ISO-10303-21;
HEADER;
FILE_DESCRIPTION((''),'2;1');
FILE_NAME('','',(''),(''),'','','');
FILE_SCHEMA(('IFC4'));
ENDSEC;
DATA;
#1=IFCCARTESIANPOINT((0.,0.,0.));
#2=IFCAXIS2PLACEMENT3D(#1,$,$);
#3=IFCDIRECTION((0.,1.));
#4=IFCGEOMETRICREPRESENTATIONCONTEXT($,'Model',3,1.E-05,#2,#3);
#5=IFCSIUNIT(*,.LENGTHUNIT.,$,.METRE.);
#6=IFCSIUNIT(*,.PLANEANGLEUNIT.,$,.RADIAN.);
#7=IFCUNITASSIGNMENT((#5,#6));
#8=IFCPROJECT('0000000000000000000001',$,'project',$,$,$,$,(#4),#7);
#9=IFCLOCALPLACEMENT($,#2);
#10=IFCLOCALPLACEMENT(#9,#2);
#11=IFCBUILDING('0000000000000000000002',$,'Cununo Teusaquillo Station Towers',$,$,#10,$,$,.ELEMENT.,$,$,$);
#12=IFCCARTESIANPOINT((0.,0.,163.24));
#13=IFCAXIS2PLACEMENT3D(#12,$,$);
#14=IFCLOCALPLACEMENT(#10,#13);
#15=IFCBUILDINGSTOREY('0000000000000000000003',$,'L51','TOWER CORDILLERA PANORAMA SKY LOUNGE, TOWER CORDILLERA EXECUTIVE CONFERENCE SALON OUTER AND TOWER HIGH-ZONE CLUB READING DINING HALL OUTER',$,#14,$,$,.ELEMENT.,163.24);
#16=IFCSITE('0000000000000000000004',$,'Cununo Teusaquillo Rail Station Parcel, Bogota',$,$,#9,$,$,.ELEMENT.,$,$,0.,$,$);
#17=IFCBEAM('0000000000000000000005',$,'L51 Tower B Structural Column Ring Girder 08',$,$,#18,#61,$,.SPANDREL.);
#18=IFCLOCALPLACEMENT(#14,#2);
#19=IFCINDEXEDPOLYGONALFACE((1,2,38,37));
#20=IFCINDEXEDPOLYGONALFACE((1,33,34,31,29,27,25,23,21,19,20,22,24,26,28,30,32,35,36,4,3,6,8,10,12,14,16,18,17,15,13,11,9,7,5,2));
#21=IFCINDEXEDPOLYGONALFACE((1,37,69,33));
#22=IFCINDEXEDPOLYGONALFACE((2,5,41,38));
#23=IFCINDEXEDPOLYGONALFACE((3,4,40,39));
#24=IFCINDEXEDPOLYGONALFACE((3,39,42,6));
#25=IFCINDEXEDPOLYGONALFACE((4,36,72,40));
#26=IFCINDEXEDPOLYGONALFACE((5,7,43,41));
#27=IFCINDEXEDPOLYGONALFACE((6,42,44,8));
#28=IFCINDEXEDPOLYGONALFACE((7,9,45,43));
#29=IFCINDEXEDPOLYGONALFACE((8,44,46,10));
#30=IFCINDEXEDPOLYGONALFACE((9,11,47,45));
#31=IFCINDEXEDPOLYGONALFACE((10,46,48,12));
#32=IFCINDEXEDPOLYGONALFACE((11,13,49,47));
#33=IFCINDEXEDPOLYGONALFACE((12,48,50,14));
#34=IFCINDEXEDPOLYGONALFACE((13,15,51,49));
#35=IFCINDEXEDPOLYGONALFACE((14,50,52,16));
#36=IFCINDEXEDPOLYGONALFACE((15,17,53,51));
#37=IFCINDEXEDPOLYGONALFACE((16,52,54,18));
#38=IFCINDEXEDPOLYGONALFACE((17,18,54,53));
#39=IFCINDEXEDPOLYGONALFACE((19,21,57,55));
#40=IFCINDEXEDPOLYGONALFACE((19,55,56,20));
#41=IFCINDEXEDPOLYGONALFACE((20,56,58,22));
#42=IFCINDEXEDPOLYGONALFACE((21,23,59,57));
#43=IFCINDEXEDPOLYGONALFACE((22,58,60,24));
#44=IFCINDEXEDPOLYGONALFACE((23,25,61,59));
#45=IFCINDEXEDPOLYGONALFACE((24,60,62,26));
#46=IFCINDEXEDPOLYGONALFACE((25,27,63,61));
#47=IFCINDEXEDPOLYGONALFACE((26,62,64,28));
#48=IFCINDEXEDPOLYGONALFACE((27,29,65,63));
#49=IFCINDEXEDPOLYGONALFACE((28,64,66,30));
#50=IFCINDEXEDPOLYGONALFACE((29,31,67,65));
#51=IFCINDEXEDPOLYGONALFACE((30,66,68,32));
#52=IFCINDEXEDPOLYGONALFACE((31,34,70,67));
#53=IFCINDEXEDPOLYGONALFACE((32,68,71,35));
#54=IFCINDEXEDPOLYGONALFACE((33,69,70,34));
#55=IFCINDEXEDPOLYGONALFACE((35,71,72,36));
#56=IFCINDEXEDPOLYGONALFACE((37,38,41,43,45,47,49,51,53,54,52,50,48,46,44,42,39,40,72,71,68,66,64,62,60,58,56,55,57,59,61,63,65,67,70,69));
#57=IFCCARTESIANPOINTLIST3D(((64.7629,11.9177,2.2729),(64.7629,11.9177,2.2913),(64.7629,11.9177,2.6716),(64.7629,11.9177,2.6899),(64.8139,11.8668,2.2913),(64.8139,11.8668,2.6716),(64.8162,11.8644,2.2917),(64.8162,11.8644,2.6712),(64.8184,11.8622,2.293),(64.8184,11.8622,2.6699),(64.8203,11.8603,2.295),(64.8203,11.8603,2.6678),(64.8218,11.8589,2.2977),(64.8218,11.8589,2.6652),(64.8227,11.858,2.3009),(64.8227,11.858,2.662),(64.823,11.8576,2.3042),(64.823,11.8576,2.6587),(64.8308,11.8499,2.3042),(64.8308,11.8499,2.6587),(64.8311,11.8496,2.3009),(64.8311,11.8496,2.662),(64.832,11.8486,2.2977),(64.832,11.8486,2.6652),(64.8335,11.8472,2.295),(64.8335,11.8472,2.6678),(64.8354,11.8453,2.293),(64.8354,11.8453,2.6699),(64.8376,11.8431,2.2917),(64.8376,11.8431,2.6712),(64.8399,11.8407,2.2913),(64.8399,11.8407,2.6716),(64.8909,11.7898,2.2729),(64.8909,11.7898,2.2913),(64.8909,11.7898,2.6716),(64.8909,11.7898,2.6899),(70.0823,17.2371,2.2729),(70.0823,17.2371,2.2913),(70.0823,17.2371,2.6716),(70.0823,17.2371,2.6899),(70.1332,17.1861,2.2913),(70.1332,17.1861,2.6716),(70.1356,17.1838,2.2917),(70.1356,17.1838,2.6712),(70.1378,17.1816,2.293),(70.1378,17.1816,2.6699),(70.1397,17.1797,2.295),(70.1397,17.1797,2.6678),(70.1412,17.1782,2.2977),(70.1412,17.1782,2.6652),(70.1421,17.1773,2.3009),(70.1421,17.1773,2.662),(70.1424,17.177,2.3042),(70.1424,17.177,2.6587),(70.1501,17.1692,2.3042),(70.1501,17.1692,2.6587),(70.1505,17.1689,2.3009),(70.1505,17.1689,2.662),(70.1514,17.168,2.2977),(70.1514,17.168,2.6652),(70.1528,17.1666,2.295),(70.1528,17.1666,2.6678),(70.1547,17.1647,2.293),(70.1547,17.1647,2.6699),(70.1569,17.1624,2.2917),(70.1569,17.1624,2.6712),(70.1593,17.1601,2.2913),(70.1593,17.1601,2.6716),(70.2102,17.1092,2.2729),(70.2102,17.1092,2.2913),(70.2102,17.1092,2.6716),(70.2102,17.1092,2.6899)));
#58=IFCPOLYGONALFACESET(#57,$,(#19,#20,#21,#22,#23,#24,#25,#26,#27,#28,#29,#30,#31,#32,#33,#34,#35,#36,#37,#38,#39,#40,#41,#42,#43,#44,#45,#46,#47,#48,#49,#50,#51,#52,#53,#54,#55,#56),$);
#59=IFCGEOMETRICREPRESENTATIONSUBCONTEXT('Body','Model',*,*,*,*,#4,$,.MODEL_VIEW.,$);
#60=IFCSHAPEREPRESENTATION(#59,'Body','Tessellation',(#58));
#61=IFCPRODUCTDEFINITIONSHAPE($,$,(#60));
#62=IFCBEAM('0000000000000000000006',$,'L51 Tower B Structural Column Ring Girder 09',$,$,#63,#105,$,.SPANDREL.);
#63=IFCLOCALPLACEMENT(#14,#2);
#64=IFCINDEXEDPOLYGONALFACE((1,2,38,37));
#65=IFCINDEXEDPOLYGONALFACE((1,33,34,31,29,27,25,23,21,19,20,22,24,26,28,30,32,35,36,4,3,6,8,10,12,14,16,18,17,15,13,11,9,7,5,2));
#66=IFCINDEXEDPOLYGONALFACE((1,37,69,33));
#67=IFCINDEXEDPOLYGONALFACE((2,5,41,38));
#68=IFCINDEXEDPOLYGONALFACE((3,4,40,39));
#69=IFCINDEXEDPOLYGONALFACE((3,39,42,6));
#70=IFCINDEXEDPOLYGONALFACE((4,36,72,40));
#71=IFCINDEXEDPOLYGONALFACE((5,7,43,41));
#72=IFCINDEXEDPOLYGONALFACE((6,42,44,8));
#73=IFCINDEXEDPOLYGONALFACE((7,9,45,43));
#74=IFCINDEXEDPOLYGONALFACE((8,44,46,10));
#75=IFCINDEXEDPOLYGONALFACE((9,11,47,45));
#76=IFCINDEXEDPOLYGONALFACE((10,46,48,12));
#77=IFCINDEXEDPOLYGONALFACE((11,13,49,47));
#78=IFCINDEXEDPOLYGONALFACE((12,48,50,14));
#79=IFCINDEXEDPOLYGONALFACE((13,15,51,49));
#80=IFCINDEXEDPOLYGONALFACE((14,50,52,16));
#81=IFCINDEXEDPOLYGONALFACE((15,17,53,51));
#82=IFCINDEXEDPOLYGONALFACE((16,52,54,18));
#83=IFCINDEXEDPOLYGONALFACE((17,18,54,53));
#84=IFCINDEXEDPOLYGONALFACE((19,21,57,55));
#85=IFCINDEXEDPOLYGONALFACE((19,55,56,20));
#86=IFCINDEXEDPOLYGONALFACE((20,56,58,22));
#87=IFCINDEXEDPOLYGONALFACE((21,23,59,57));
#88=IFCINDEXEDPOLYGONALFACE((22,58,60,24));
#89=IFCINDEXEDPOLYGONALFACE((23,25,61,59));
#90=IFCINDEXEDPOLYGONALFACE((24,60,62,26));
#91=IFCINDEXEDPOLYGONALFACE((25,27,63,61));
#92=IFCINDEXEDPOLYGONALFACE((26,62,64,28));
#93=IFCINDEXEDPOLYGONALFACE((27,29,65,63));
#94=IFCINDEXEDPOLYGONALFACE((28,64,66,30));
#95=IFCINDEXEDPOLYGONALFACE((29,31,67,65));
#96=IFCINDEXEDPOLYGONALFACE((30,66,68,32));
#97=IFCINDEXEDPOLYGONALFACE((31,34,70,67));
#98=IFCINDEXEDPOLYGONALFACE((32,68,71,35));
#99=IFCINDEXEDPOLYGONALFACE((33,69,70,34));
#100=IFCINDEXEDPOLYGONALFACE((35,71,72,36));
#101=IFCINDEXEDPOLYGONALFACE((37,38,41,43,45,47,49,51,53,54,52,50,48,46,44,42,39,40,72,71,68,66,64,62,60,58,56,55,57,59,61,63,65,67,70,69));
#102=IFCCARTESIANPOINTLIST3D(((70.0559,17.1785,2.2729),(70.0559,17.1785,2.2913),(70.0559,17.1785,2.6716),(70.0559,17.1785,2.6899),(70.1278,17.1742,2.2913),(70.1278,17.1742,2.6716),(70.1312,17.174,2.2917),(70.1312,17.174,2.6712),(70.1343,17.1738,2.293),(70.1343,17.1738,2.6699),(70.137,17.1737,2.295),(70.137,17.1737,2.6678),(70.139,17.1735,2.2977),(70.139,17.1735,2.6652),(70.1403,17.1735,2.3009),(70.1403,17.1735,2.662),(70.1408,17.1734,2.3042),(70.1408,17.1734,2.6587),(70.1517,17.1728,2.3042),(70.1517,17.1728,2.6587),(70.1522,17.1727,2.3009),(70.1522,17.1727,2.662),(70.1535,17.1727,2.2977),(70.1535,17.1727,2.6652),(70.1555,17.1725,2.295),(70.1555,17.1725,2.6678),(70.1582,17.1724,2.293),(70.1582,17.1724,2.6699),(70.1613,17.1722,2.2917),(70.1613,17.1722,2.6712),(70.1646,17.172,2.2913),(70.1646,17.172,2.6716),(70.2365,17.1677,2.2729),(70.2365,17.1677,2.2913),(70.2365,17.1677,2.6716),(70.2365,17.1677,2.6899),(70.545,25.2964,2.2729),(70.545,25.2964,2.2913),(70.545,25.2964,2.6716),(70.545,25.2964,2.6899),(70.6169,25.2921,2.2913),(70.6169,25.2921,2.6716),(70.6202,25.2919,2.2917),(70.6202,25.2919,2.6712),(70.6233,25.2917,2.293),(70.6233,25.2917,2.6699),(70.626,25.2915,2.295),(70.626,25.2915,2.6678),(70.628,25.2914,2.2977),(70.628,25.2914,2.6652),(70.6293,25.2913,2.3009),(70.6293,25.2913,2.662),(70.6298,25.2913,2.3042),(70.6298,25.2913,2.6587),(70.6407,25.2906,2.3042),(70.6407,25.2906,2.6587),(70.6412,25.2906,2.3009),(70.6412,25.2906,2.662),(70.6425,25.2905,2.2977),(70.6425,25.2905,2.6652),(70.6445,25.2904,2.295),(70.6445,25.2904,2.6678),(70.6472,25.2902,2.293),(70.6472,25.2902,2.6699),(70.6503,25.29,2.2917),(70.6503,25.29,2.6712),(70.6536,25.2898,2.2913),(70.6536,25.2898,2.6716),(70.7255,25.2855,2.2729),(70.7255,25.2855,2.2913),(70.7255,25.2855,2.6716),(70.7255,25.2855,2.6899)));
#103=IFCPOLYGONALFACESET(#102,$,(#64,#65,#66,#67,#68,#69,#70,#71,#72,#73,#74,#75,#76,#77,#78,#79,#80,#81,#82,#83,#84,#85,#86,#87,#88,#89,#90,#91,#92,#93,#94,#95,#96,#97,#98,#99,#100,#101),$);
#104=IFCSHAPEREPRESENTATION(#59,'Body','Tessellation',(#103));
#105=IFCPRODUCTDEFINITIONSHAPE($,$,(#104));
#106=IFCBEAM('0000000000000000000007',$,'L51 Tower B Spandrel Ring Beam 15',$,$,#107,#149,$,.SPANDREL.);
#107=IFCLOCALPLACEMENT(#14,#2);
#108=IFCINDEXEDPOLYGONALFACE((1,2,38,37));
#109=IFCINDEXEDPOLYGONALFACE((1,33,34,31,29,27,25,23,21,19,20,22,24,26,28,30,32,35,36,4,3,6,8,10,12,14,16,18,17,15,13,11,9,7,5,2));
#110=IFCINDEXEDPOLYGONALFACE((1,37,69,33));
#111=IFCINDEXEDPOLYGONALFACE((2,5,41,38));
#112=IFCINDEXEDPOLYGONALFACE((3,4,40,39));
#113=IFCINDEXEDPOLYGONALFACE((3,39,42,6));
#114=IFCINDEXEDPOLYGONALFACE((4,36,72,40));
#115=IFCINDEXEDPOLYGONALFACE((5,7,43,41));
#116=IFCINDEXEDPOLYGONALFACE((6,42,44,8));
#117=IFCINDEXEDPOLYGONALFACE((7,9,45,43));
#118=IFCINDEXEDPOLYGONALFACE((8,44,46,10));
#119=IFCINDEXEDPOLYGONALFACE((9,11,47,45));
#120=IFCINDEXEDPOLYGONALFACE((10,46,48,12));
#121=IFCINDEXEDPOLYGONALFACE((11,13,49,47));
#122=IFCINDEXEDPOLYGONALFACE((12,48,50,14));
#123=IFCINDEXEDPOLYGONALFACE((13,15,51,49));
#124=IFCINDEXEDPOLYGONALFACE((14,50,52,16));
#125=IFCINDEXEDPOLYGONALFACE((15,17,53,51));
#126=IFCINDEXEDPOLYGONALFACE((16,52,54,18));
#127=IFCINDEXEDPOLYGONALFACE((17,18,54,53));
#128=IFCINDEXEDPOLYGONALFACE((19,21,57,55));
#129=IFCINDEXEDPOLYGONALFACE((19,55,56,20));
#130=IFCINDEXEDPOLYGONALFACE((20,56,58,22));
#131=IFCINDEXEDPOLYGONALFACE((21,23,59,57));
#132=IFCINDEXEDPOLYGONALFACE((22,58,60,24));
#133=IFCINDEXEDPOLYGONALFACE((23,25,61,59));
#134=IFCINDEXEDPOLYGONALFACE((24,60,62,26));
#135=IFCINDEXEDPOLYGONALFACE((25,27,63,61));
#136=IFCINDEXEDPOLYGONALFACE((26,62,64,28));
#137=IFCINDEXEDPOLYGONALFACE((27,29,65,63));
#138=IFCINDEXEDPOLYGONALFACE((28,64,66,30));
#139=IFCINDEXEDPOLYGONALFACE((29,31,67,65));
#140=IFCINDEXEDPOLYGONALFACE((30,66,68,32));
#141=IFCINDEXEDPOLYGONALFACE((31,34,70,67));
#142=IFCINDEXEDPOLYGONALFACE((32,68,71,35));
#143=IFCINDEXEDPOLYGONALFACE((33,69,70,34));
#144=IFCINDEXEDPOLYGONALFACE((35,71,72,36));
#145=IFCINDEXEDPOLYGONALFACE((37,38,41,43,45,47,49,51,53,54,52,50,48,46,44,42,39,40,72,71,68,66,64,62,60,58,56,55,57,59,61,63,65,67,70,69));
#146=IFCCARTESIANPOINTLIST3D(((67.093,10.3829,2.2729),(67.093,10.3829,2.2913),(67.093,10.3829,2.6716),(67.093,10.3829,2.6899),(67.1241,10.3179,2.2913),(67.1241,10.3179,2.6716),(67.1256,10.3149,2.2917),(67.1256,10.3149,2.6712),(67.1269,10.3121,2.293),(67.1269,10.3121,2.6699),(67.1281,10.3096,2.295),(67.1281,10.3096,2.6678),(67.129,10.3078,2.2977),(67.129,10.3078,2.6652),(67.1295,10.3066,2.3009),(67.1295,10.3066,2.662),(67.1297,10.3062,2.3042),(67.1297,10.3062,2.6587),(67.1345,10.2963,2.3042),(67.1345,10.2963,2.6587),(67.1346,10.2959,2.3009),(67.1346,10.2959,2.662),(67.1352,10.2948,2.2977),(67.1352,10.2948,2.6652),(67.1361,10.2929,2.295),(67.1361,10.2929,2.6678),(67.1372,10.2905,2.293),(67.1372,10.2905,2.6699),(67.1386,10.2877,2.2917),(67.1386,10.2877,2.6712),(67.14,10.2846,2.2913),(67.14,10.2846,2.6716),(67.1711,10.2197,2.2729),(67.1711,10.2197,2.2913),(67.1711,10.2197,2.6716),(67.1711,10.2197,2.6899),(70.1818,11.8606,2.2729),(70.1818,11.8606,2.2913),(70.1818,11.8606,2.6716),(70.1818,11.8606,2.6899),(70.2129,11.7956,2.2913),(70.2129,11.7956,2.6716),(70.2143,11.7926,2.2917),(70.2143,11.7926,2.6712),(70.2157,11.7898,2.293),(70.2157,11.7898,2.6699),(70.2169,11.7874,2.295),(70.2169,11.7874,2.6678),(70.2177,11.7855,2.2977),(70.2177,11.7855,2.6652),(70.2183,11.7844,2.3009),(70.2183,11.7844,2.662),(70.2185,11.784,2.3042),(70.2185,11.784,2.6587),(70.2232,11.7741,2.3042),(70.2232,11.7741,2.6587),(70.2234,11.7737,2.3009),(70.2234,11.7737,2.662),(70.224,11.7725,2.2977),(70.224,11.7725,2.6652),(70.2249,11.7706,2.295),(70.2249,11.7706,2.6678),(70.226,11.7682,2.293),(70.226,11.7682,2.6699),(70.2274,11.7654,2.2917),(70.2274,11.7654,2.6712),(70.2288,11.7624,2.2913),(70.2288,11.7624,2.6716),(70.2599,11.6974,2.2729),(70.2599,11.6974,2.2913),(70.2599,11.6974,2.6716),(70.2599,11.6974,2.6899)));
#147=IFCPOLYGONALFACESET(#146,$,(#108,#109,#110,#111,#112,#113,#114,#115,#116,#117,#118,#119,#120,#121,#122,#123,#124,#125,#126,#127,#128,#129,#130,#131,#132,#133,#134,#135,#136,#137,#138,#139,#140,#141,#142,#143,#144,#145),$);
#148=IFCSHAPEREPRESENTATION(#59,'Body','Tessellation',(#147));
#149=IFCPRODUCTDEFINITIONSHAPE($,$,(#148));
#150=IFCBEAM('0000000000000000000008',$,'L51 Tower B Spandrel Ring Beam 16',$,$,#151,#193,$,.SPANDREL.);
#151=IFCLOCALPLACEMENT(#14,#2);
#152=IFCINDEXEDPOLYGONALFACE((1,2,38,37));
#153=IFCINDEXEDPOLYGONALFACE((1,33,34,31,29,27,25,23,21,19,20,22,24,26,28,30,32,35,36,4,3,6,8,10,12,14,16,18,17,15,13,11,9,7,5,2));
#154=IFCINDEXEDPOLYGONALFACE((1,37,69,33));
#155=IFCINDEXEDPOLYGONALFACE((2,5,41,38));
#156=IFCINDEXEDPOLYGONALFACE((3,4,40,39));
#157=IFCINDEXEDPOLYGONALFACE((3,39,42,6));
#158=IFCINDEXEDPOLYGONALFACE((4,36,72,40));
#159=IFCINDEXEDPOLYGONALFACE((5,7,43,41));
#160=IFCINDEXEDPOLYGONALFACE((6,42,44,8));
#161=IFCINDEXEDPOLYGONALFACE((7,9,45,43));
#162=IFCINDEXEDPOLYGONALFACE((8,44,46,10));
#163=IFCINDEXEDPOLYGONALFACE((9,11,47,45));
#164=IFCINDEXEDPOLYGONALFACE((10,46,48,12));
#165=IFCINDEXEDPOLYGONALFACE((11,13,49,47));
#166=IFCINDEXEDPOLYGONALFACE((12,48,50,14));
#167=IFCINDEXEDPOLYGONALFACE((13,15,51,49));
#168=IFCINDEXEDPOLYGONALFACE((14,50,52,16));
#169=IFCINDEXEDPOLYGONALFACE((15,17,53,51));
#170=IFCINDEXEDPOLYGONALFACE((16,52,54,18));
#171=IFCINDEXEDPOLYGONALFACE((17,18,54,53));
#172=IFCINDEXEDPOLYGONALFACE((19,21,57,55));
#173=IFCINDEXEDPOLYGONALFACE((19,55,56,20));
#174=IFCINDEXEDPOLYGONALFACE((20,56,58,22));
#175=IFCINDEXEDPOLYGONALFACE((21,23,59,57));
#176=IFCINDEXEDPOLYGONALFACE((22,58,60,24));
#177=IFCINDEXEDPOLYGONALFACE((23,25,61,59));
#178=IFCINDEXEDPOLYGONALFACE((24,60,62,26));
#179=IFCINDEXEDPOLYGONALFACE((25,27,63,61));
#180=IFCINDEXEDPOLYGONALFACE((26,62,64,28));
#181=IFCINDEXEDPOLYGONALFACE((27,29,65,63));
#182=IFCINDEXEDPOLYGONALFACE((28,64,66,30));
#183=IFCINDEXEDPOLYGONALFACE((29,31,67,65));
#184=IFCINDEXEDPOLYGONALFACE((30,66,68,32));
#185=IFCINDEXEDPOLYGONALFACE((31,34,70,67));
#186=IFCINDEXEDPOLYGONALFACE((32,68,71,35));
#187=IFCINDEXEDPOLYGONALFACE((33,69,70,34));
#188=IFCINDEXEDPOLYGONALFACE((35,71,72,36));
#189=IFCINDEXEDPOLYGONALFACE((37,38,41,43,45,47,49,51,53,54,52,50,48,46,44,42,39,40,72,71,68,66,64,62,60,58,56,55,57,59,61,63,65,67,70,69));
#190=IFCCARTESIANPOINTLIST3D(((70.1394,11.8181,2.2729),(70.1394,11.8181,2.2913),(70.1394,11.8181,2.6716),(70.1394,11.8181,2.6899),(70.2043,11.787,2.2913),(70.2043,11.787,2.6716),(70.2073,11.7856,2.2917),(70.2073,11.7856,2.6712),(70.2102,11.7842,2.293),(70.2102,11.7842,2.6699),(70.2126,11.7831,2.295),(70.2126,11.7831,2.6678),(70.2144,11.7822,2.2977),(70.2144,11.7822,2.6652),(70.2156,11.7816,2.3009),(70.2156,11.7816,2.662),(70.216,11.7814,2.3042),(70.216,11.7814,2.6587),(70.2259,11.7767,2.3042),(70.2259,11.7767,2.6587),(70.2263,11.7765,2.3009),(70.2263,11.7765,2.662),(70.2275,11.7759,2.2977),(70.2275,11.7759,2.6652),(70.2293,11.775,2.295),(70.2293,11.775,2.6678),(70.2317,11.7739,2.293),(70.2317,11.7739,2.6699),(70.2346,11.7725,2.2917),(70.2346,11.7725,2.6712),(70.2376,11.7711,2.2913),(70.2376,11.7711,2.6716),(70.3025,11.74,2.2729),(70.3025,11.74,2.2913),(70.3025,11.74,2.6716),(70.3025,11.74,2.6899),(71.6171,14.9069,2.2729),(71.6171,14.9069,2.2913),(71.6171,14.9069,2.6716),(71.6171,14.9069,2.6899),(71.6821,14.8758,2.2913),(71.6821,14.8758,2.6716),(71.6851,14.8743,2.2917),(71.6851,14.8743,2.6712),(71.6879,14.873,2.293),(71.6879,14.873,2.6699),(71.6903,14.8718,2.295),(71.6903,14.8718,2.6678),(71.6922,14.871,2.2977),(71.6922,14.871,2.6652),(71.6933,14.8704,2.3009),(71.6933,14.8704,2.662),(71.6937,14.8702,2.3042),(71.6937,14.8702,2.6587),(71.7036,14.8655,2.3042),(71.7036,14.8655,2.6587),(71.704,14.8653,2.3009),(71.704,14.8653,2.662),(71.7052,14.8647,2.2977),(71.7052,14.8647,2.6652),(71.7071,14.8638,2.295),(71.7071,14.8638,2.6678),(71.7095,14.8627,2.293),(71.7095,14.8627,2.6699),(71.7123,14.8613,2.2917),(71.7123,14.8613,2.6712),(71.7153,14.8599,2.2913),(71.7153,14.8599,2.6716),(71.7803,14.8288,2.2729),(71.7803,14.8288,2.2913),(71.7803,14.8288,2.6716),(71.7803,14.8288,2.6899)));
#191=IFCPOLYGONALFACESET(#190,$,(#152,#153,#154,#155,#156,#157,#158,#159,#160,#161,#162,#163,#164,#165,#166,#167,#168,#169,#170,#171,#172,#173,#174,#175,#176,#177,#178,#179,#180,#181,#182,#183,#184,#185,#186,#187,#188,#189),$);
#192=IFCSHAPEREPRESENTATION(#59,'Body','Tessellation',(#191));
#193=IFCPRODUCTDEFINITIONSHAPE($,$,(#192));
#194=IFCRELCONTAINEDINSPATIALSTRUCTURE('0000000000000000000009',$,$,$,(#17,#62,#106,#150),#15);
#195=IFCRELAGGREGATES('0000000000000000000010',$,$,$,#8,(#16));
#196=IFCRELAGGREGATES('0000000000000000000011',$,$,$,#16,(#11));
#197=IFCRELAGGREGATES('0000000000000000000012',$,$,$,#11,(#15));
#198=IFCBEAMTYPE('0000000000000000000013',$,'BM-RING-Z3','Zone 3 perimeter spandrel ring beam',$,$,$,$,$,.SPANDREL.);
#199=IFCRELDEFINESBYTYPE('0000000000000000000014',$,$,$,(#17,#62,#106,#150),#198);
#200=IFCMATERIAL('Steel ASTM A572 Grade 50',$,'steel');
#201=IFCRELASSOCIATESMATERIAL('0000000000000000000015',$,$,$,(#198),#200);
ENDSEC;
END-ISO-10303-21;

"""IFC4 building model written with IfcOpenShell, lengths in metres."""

from ifc_helpers import new_model, si_unit, direction, frame, origin, origin_2d, place, context, subcontext, project, spatial, i_section, extrude, material, material_profile, profile_set, type_object, element, save


model = new_model("IFC4")

# Units and contexts
model_context = context("Model", 3, precision=1e-05, world=origin(), true_north=direction((0.0, 1.0)))
body_context = subcontext(model_context, "Body", "Model", "MODEL_VIEW")
ifc_project = project(units=[si_unit("LENGTHUNIT", "METRE"), si_unit("PLANEANGLEUNIT", "RADIAN")], contexts=[model_context])

# Site, building, storey
site_placement = place(None, origin())
site = spatial("IfcSite", under=ifc_project, at=site_placement, Name="Cununo Teusaquillo Rail Station Parcel, Bogota", CompositionType="ELEMENT", RefElevation=0.0)
building_placement = place(site_placement, origin())
building = spatial("IfcBuilding", under=site, at=building_placement, Name="Cununo Teusaquillo Station Towers", CompositionType="ELEMENT")
storey_placement = place(building_placement, frame((0.0, 0.0, 163.24)))
storey = spatial("IfcBuildingStorey", under=building, at=storey_placement, Name="L51", Description="TOWER CORDILLERA PANORAMA SKY LOUNGE, TOWER CORDILLERA EXECUTIVE CONFERENCE SALON OUTER AND TOWER HIGH-ZONE CLUB READING DINING HALL OUTER", CompositionType="ELEMENT", Elevation=163.24)

# Beams
ifc_material_1 = material(Name="Steel ASTM A572 Grade 50", Category="steel")
ifc_material_profile_1 = material_profile(ifc_material_1, i_section(OverallWidth=0.1809, OverallDepth=0.417, WebThickness=0.011, FlangeThickness=0.0183, FilletRadius=0.0129, at=origin_2d()), Name="W16X57")
ifc_profile_set_1 = profile_set([ifc_material_profile_1], Name="Steel ASTM A572 Grade 50")
beam_type_1 = type_object("IfcBeamType", Name="BM-RING-Z3", Description="Zone 3 perimeter spandrel ring beam", PredefinedType="SPANDREL", material=ifc_profile_set_1)
beam_1_placement = place(storey_placement, frame((64.8269, 11.8538, 2.4814), z_axis=(0.707107, 0.707107, 0.0), x_axis=(-0.707107, 0.707107, 0.0)))
element("IfcBeam", 1, at=beam_1_placement, inside=storey, type_object=beam_type_1, Name="L51 Tower B Structural Column Ring Girder 08", PredefinedType="SPANDREL", context=body_context, shape_type="SweptSolid", body=[
    extrude(i_section(OverallWidth=0.1809, OverallDepth=0.417, WebThickness=0.011, FlangeThickness=0.0183, FilletRadius=0.0129, at=origin_2d()), origin(), (0.0, 0.0, 1.0), 7.5227),
])
beam_2_placement = place(storey_placement, frame((70.1462, 17.1731, 2.4814), z_axis=(0.06013, 0.998191, 0.0), x_axis=(-0.998191, 0.06013, 0.0)))
element("IfcBeam", 2, at=beam_2_placement, inside=storey, type_object=beam_type_1, Name="L51 Tower B Structural Column Ring Girder 09", PredefinedType="SPANDREL", context=body_context, shape_type="SweptSolid", body=[
    extrude(i_section(OverallWidth=0.1809, OverallDepth=0.417, WebThickness=0.011, FlangeThickness=0.0183, FilletRadius=0.0129, at=origin_2d()), origin(), (0.0, 0.0, 1.0), 8.1326),
])
for number, where, z_axis, x_axis, name in (
    (3, (67.1321, 10.3013, 2.4814), (0.902078, 0.431574, 0.0), (-0.431574, 0.902078, 0.0), "L51 Tower B Spandrel Ring Beam 15"),
    (4, (70.2209, 11.7791, 2.4814), (0.431574, 0.902078, 0.0), (-0.902078, 0.431574, 0.0), "L51 Tower B Spandrel Ring Beam 16"),
):
    element("IfcBeam", number, at=place(storey_placement, frame(where, z_axis=z_axis, x_axis=x_axis)), inside=storey, type_object=beam_type_1, Name=name, PredefinedType="SPANDREL", context=body_context, shape_type="SweptSolid", body=[
        extrude(i_section(OverallWidth=0.1809, OverallDepth=0.417, WebThickness=0.011, FlangeThickness=0.0183, FilletRadius=0.0129, at=origin_2d()), origin(), (0.0, 0.0, 1.0), 3.4241),
    ])

save(model, "model.ifc")
